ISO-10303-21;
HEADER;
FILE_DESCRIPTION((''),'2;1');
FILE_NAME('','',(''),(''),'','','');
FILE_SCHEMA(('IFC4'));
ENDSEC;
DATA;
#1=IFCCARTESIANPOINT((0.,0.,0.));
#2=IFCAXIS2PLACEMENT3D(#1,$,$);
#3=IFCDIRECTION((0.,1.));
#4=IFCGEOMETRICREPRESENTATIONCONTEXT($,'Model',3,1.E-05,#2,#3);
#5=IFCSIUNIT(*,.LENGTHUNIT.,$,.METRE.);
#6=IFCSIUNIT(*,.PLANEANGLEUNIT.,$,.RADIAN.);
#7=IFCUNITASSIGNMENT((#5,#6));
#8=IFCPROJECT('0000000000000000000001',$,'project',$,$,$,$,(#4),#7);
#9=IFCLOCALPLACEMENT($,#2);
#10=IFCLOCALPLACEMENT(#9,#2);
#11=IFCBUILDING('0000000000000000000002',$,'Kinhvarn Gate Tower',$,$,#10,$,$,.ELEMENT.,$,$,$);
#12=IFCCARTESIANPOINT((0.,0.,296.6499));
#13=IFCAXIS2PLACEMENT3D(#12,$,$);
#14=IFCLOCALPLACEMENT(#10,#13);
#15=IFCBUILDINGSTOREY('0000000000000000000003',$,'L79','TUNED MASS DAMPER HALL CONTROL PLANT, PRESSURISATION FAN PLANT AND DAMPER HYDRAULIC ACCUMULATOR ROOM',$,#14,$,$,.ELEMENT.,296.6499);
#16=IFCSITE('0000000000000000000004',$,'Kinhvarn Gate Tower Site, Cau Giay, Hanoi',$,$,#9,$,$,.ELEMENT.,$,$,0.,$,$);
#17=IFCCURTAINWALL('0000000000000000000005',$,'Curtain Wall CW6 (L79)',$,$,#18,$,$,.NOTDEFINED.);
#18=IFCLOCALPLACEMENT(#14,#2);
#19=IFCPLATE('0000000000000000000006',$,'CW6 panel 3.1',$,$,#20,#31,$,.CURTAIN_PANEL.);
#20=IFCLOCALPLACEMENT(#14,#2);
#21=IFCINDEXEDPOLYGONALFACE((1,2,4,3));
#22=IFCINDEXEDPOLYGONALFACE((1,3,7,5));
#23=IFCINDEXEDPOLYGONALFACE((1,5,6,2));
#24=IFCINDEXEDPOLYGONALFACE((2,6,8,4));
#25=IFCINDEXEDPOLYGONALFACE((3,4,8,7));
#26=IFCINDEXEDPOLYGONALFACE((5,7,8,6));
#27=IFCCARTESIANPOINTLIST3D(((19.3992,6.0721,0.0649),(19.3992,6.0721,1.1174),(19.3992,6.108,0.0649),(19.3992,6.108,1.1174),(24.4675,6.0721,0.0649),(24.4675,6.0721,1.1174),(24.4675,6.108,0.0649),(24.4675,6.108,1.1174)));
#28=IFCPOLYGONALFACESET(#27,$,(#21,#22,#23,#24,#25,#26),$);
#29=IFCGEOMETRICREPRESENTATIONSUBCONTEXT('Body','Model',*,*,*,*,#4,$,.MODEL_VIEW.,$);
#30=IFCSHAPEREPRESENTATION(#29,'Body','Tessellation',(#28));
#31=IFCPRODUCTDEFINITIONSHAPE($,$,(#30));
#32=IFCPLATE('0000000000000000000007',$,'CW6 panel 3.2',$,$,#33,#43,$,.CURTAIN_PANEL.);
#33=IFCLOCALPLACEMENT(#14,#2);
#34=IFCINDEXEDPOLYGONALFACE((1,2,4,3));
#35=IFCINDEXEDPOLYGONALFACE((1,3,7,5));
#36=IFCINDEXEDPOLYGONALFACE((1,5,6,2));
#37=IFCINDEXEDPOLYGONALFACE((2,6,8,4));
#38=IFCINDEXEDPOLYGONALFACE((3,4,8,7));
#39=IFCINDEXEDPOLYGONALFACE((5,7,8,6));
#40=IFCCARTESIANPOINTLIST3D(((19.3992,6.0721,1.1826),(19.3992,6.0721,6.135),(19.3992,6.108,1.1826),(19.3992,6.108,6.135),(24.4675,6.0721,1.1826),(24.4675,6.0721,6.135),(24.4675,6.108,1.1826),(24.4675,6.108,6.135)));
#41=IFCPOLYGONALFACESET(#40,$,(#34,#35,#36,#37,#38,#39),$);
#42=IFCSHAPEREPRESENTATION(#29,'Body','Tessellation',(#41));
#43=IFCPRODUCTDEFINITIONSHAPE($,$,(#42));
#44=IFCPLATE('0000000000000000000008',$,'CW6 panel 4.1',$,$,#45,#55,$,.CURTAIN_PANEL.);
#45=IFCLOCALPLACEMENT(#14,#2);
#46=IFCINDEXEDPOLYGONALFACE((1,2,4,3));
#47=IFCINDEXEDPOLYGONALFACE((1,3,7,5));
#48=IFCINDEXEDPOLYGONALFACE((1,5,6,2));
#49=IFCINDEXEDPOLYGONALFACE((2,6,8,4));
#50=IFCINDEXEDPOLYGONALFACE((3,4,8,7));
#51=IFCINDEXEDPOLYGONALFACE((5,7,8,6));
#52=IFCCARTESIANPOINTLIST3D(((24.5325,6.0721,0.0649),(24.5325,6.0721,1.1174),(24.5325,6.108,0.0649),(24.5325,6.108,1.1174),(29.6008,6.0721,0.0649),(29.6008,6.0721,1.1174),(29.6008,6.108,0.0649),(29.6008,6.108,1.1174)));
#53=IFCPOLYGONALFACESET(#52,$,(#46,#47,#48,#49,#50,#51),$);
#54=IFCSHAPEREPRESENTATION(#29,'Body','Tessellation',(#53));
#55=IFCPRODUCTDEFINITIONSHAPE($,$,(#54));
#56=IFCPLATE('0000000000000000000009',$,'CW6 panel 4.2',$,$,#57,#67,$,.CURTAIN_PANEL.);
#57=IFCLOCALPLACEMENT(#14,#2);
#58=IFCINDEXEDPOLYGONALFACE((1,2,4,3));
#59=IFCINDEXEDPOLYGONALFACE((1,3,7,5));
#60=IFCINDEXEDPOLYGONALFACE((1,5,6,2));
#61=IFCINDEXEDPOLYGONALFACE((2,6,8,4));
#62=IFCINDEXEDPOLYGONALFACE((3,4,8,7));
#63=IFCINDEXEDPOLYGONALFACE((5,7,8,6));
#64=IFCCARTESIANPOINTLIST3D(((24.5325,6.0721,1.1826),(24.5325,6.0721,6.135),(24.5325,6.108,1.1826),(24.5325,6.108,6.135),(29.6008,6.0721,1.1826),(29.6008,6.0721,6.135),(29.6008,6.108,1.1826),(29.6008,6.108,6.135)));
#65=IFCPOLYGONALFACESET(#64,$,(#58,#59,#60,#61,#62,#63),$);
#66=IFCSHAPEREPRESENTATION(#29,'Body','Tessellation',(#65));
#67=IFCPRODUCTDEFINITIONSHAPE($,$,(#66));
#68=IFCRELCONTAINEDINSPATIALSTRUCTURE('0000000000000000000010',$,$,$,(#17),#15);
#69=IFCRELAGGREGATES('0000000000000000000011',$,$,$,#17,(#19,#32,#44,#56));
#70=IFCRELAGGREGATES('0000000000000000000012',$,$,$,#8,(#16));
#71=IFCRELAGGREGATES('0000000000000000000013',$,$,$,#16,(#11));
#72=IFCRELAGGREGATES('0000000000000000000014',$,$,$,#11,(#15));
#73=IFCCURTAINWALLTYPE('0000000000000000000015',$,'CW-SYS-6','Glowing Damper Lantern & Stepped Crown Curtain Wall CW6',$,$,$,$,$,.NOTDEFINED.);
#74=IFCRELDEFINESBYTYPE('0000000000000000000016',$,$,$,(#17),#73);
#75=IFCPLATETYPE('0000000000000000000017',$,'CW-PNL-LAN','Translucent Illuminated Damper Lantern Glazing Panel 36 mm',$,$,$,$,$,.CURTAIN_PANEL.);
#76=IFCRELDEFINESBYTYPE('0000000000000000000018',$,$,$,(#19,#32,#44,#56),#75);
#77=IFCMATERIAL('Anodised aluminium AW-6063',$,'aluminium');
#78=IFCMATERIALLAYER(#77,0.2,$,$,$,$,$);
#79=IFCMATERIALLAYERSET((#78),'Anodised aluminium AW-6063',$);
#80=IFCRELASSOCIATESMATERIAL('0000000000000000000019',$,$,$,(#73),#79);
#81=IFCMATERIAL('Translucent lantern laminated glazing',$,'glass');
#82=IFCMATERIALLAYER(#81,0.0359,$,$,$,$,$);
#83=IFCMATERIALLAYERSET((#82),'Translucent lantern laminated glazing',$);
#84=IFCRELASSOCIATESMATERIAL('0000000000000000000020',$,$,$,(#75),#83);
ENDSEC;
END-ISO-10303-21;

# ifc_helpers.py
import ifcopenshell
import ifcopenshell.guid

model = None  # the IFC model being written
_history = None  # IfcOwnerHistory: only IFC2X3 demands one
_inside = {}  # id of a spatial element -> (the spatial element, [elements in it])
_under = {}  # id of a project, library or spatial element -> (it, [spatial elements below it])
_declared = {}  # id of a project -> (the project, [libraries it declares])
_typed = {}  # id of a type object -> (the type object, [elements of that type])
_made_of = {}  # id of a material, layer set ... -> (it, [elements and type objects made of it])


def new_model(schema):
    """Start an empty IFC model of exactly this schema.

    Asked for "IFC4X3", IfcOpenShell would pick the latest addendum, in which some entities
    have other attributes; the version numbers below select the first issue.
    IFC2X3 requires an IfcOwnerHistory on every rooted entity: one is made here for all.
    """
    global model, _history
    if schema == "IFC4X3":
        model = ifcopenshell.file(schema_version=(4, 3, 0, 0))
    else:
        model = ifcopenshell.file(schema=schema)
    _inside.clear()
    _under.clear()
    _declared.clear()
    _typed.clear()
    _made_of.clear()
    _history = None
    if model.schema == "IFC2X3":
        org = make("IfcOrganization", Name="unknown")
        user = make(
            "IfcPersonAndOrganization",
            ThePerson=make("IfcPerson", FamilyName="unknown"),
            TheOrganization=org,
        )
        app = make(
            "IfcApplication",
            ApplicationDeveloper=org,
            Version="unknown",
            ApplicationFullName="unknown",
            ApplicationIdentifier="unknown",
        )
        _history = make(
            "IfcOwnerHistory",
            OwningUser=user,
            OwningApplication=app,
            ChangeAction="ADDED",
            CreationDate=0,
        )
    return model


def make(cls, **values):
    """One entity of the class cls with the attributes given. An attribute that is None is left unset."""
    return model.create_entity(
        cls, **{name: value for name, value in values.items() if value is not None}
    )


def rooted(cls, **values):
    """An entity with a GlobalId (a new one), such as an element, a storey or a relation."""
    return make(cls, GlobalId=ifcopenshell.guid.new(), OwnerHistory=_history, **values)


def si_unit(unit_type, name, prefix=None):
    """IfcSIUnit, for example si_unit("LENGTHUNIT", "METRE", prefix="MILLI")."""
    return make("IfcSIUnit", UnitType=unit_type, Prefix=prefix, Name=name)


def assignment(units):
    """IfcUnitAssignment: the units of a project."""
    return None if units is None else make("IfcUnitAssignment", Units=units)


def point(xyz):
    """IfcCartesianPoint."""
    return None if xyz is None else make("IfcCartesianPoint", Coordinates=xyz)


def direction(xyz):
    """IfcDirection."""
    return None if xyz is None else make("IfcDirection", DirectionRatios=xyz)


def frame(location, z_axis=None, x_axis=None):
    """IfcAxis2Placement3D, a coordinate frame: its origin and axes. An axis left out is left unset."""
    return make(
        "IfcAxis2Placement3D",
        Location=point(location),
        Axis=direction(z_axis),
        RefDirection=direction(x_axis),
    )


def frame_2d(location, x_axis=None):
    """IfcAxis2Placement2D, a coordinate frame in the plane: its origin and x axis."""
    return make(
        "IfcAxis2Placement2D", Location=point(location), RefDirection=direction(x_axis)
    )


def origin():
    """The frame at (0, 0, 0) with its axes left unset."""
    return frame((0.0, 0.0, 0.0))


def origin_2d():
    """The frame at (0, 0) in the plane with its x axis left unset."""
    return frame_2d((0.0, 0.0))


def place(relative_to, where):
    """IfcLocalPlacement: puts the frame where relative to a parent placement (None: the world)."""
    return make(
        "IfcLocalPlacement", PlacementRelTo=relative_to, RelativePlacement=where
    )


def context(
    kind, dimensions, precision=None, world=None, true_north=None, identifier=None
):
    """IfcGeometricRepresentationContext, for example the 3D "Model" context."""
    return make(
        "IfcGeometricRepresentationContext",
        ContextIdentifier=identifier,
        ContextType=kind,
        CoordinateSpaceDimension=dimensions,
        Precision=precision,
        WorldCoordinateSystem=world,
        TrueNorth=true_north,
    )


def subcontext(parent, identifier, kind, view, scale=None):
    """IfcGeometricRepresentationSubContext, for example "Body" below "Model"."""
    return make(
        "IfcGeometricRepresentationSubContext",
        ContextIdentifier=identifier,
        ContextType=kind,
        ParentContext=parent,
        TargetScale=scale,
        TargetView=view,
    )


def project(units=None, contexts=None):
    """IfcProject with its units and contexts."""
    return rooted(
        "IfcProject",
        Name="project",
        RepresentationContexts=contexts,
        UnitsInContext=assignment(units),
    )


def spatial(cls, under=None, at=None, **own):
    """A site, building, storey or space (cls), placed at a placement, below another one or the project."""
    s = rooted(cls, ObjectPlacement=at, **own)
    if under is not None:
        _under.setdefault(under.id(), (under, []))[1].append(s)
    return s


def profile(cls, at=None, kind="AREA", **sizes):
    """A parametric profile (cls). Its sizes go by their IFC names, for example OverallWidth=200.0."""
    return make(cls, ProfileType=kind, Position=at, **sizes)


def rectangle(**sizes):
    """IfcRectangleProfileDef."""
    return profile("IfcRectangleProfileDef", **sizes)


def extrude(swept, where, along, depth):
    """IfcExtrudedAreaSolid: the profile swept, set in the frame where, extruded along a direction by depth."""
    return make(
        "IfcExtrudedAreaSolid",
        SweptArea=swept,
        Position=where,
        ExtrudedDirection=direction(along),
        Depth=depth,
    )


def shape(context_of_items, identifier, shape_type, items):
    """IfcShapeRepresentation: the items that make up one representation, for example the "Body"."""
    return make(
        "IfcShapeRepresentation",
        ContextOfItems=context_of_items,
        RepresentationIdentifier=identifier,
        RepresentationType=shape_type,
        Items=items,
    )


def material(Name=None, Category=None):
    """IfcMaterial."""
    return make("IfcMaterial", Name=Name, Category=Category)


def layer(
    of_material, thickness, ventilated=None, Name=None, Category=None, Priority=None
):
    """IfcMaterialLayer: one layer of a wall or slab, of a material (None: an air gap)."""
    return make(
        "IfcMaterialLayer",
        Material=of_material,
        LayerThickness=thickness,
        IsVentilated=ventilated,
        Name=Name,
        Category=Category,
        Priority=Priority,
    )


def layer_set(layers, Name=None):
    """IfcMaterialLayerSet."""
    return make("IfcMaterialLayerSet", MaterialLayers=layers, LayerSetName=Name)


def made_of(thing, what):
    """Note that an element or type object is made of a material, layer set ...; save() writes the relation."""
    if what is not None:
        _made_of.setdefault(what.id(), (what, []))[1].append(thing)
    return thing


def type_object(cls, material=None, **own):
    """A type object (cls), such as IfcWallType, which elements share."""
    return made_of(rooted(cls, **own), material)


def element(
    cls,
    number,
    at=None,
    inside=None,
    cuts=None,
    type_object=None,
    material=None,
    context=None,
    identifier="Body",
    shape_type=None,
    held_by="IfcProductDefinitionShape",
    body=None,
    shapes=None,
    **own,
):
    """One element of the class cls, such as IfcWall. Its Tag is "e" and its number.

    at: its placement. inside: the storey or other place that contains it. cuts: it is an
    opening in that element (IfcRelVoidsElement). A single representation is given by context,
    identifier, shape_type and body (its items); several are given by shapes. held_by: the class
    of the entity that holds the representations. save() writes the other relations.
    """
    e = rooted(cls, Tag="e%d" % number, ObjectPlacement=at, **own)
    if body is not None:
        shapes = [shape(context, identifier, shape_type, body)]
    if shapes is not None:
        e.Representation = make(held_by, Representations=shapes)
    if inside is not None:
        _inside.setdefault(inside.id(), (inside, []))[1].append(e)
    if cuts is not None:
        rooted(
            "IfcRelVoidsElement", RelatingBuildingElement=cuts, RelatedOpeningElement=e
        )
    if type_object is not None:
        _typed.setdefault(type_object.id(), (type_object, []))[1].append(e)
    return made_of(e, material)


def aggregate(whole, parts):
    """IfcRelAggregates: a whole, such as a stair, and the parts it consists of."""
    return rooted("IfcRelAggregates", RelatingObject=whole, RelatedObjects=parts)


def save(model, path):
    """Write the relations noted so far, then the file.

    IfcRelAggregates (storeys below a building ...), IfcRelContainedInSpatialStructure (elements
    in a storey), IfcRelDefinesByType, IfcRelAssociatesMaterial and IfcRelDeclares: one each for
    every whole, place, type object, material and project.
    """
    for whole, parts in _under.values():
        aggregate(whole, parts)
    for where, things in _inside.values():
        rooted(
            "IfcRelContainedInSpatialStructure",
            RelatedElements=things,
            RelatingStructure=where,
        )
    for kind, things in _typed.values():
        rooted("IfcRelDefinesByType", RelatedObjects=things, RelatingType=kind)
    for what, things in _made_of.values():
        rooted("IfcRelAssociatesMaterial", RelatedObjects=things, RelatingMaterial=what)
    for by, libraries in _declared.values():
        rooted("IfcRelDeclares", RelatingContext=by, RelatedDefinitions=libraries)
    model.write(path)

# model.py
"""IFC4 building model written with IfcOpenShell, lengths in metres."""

from ifc_helpers import new_model, si_unit, direction, frame, origin, origin_2d, place, context, subcontext, project, spatial, rectangle, extrude, material, layer, layer_set, type_object, element, aggregate, save


model = new_model("IFC4")

# Units and contexts
model_context = context("Model", 3, precision=1e-05, world=origin(), true_north=direction((0.0, 1.0)))
body_context = subcontext(model_context, "Body", "Model", "MODEL_VIEW")
ifc_project = project(units=[si_unit("LENGTHUNIT", "METRE"), si_unit("PLANEANGLEUNIT", "RADIAN")], contexts=[model_context])

# Site, building, storey
site_placement = place(None, origin())
site = spatial("IfcSite", under=ifc_project, at=site_placement, Name="Kinhvarn Gate Tower Site, Cau Giay, Hanoi", CompositionType="ELEMENT", RefElevation=0.0)
building_placement = place(site_placement, origin())
building = spatial("IfcBuilding", under=site, at=building_placement, Name="Kinhvarn Gate Tower", CompositionType="ELEMENT")
storey_placement = place(building_placement, frame((0.0, 0.0, 296.6499)))
storey = spatial("IfcBuildingStorey", under=building, at=storey_placement, Name="L79", Description="TUNED MASS DAMPER HALL CONTROL PLANT, PRESSURISATION FAN PLANT AND DAMPER HYDRAULIC ACCUMULATOR ROOM", CompositionType="ELEMENT", Elevation=296.6499)

# Curtain wall
ifc_material_1 = material(Name="Anodised aluminium AW-6063", Category="aluminium")
ifc_layer_1 = layer(ifc_material_1, 0.2)
ifc_layer_set_1 = layer_set([ifc_layer_1], Name="Anodised aluminium AW-6063")
curtain_wall_type = type_object("IfcCurtainWallType", Name="CW-SYS-6", Description="Glowing Damper Lantern & Stepped Crown Curtain Wall CW6", PredefinedType="NOTDEFINED", material=ifc_layer_set_1)
curtain_wall_placement = place(storey_placement, origin())
curtain_wall = element("IfcCurtainWall", 1, at=curtain_wall_placement, inside=storey, type_object=curtain_wall_type, Name="Curtain Wall CW6 (L79)", PredefinedType="NOTDEFINED")

# Plates
ifc_material_2 = material(Name="Translucent lantern laminated glazing", Category="glass")
ifc_layer_2 = layer(ifc_material_2, 0.0359)
ifc_layer_set_2 = layer_set([ifc_layer_2], Name="Translucent lantern laminated glazing")
plate_type = type_object("IfcPlateType", Name="CW-PNL-LAN", Description="Translucent Illuminated Damper Lantern Glazing Panel 36 mm", PredefinedType="CURTAIN_PANEL", material=ifc_layer_set_2)
plate_1_placement = place(storey_placement, frame((21.9333, 6.0901, 0.0649), z_axis=(0.0, 0.0, 1.0), x_axis=(1.0, 0.0, 0.0)))
plate_1 = element("IfcPlate", 2, at=plate_1_placement, type_object=plate_type, Name="CW6 panel 3.1", PredefinedType="CURTAIN_PANEL", context=body_context, shape_type="SweptSolid", body=[
    extrude(rectangle(XDim=5.0684, YDim=0.0359, at=origin_2d()), origin(), (0.0, 0.0, 1.0), 1.0525),
])
plate_2_placement = place(storey_placement, frame((21.9333, 6.0901, 1.1826), z_axis=(0.0, 0.0, 1.0), x_axis=(1.0, 0.0, 0.0)))
plate_2 = element("IfcPlate", 3, at=plate_2_placement, type_object=plate_type, Name="CW6 panel 3.2", PredefinedType="CURTAIN_PANEL", context=body_context, shape_type="SweptSolid", body=[
    extrude(rectangle(XDim=5.0684, YDim=0.0359, at=origin_2d()), origin(), (0.0, 0.0, 1.0), 4.9524),
])
plate_3_placement = place(storey_placement, frame((27.0667, 6.0901, 0.0649), z_axis=(0.0, 0.0, 1.0), x_axis=(1.0, 0.0, 0.0)))
plate_3 = element("IfcPlate", 4, at=plate_3_placement, type_object=plate_type, Name="CW6 panel 4.1", PredefinedType="CURTAIN_PANEL", context=body_context, shape_type="SweptSolid", body=[
    extrude(rectangle(XDim=5.0684, YDim=0.0359, at=origin_2d()), origin(), (0.0, 0.0, 1.0), 1.0525),
])
plate_4_placement = place(storey_placement, frame((27.0667, 6.0901, 1.1826), z_axis=(0.0, 0.0, 1.0), x_axis=(1.0, 0.0, 0.0)))
plate_4 = element("IfcPlate", 5, at=plate_4_placement, type_object=plate_type, Name="CW6 panel 4.2", PredefinedType="CURTAIN_PANEL", context=body_context, shape_type="SweptSolid", body=[
    extrude(rectangle(XDim=5.0684, YDim=0.0359, at=origin_2d()), origin(), (0.0, 0.0, 1.0), 4.9524),
])
aggregate(curtain_wall, [plate_1, plate_2, plate_3, plate_4])

save(model, "model.ifc")
